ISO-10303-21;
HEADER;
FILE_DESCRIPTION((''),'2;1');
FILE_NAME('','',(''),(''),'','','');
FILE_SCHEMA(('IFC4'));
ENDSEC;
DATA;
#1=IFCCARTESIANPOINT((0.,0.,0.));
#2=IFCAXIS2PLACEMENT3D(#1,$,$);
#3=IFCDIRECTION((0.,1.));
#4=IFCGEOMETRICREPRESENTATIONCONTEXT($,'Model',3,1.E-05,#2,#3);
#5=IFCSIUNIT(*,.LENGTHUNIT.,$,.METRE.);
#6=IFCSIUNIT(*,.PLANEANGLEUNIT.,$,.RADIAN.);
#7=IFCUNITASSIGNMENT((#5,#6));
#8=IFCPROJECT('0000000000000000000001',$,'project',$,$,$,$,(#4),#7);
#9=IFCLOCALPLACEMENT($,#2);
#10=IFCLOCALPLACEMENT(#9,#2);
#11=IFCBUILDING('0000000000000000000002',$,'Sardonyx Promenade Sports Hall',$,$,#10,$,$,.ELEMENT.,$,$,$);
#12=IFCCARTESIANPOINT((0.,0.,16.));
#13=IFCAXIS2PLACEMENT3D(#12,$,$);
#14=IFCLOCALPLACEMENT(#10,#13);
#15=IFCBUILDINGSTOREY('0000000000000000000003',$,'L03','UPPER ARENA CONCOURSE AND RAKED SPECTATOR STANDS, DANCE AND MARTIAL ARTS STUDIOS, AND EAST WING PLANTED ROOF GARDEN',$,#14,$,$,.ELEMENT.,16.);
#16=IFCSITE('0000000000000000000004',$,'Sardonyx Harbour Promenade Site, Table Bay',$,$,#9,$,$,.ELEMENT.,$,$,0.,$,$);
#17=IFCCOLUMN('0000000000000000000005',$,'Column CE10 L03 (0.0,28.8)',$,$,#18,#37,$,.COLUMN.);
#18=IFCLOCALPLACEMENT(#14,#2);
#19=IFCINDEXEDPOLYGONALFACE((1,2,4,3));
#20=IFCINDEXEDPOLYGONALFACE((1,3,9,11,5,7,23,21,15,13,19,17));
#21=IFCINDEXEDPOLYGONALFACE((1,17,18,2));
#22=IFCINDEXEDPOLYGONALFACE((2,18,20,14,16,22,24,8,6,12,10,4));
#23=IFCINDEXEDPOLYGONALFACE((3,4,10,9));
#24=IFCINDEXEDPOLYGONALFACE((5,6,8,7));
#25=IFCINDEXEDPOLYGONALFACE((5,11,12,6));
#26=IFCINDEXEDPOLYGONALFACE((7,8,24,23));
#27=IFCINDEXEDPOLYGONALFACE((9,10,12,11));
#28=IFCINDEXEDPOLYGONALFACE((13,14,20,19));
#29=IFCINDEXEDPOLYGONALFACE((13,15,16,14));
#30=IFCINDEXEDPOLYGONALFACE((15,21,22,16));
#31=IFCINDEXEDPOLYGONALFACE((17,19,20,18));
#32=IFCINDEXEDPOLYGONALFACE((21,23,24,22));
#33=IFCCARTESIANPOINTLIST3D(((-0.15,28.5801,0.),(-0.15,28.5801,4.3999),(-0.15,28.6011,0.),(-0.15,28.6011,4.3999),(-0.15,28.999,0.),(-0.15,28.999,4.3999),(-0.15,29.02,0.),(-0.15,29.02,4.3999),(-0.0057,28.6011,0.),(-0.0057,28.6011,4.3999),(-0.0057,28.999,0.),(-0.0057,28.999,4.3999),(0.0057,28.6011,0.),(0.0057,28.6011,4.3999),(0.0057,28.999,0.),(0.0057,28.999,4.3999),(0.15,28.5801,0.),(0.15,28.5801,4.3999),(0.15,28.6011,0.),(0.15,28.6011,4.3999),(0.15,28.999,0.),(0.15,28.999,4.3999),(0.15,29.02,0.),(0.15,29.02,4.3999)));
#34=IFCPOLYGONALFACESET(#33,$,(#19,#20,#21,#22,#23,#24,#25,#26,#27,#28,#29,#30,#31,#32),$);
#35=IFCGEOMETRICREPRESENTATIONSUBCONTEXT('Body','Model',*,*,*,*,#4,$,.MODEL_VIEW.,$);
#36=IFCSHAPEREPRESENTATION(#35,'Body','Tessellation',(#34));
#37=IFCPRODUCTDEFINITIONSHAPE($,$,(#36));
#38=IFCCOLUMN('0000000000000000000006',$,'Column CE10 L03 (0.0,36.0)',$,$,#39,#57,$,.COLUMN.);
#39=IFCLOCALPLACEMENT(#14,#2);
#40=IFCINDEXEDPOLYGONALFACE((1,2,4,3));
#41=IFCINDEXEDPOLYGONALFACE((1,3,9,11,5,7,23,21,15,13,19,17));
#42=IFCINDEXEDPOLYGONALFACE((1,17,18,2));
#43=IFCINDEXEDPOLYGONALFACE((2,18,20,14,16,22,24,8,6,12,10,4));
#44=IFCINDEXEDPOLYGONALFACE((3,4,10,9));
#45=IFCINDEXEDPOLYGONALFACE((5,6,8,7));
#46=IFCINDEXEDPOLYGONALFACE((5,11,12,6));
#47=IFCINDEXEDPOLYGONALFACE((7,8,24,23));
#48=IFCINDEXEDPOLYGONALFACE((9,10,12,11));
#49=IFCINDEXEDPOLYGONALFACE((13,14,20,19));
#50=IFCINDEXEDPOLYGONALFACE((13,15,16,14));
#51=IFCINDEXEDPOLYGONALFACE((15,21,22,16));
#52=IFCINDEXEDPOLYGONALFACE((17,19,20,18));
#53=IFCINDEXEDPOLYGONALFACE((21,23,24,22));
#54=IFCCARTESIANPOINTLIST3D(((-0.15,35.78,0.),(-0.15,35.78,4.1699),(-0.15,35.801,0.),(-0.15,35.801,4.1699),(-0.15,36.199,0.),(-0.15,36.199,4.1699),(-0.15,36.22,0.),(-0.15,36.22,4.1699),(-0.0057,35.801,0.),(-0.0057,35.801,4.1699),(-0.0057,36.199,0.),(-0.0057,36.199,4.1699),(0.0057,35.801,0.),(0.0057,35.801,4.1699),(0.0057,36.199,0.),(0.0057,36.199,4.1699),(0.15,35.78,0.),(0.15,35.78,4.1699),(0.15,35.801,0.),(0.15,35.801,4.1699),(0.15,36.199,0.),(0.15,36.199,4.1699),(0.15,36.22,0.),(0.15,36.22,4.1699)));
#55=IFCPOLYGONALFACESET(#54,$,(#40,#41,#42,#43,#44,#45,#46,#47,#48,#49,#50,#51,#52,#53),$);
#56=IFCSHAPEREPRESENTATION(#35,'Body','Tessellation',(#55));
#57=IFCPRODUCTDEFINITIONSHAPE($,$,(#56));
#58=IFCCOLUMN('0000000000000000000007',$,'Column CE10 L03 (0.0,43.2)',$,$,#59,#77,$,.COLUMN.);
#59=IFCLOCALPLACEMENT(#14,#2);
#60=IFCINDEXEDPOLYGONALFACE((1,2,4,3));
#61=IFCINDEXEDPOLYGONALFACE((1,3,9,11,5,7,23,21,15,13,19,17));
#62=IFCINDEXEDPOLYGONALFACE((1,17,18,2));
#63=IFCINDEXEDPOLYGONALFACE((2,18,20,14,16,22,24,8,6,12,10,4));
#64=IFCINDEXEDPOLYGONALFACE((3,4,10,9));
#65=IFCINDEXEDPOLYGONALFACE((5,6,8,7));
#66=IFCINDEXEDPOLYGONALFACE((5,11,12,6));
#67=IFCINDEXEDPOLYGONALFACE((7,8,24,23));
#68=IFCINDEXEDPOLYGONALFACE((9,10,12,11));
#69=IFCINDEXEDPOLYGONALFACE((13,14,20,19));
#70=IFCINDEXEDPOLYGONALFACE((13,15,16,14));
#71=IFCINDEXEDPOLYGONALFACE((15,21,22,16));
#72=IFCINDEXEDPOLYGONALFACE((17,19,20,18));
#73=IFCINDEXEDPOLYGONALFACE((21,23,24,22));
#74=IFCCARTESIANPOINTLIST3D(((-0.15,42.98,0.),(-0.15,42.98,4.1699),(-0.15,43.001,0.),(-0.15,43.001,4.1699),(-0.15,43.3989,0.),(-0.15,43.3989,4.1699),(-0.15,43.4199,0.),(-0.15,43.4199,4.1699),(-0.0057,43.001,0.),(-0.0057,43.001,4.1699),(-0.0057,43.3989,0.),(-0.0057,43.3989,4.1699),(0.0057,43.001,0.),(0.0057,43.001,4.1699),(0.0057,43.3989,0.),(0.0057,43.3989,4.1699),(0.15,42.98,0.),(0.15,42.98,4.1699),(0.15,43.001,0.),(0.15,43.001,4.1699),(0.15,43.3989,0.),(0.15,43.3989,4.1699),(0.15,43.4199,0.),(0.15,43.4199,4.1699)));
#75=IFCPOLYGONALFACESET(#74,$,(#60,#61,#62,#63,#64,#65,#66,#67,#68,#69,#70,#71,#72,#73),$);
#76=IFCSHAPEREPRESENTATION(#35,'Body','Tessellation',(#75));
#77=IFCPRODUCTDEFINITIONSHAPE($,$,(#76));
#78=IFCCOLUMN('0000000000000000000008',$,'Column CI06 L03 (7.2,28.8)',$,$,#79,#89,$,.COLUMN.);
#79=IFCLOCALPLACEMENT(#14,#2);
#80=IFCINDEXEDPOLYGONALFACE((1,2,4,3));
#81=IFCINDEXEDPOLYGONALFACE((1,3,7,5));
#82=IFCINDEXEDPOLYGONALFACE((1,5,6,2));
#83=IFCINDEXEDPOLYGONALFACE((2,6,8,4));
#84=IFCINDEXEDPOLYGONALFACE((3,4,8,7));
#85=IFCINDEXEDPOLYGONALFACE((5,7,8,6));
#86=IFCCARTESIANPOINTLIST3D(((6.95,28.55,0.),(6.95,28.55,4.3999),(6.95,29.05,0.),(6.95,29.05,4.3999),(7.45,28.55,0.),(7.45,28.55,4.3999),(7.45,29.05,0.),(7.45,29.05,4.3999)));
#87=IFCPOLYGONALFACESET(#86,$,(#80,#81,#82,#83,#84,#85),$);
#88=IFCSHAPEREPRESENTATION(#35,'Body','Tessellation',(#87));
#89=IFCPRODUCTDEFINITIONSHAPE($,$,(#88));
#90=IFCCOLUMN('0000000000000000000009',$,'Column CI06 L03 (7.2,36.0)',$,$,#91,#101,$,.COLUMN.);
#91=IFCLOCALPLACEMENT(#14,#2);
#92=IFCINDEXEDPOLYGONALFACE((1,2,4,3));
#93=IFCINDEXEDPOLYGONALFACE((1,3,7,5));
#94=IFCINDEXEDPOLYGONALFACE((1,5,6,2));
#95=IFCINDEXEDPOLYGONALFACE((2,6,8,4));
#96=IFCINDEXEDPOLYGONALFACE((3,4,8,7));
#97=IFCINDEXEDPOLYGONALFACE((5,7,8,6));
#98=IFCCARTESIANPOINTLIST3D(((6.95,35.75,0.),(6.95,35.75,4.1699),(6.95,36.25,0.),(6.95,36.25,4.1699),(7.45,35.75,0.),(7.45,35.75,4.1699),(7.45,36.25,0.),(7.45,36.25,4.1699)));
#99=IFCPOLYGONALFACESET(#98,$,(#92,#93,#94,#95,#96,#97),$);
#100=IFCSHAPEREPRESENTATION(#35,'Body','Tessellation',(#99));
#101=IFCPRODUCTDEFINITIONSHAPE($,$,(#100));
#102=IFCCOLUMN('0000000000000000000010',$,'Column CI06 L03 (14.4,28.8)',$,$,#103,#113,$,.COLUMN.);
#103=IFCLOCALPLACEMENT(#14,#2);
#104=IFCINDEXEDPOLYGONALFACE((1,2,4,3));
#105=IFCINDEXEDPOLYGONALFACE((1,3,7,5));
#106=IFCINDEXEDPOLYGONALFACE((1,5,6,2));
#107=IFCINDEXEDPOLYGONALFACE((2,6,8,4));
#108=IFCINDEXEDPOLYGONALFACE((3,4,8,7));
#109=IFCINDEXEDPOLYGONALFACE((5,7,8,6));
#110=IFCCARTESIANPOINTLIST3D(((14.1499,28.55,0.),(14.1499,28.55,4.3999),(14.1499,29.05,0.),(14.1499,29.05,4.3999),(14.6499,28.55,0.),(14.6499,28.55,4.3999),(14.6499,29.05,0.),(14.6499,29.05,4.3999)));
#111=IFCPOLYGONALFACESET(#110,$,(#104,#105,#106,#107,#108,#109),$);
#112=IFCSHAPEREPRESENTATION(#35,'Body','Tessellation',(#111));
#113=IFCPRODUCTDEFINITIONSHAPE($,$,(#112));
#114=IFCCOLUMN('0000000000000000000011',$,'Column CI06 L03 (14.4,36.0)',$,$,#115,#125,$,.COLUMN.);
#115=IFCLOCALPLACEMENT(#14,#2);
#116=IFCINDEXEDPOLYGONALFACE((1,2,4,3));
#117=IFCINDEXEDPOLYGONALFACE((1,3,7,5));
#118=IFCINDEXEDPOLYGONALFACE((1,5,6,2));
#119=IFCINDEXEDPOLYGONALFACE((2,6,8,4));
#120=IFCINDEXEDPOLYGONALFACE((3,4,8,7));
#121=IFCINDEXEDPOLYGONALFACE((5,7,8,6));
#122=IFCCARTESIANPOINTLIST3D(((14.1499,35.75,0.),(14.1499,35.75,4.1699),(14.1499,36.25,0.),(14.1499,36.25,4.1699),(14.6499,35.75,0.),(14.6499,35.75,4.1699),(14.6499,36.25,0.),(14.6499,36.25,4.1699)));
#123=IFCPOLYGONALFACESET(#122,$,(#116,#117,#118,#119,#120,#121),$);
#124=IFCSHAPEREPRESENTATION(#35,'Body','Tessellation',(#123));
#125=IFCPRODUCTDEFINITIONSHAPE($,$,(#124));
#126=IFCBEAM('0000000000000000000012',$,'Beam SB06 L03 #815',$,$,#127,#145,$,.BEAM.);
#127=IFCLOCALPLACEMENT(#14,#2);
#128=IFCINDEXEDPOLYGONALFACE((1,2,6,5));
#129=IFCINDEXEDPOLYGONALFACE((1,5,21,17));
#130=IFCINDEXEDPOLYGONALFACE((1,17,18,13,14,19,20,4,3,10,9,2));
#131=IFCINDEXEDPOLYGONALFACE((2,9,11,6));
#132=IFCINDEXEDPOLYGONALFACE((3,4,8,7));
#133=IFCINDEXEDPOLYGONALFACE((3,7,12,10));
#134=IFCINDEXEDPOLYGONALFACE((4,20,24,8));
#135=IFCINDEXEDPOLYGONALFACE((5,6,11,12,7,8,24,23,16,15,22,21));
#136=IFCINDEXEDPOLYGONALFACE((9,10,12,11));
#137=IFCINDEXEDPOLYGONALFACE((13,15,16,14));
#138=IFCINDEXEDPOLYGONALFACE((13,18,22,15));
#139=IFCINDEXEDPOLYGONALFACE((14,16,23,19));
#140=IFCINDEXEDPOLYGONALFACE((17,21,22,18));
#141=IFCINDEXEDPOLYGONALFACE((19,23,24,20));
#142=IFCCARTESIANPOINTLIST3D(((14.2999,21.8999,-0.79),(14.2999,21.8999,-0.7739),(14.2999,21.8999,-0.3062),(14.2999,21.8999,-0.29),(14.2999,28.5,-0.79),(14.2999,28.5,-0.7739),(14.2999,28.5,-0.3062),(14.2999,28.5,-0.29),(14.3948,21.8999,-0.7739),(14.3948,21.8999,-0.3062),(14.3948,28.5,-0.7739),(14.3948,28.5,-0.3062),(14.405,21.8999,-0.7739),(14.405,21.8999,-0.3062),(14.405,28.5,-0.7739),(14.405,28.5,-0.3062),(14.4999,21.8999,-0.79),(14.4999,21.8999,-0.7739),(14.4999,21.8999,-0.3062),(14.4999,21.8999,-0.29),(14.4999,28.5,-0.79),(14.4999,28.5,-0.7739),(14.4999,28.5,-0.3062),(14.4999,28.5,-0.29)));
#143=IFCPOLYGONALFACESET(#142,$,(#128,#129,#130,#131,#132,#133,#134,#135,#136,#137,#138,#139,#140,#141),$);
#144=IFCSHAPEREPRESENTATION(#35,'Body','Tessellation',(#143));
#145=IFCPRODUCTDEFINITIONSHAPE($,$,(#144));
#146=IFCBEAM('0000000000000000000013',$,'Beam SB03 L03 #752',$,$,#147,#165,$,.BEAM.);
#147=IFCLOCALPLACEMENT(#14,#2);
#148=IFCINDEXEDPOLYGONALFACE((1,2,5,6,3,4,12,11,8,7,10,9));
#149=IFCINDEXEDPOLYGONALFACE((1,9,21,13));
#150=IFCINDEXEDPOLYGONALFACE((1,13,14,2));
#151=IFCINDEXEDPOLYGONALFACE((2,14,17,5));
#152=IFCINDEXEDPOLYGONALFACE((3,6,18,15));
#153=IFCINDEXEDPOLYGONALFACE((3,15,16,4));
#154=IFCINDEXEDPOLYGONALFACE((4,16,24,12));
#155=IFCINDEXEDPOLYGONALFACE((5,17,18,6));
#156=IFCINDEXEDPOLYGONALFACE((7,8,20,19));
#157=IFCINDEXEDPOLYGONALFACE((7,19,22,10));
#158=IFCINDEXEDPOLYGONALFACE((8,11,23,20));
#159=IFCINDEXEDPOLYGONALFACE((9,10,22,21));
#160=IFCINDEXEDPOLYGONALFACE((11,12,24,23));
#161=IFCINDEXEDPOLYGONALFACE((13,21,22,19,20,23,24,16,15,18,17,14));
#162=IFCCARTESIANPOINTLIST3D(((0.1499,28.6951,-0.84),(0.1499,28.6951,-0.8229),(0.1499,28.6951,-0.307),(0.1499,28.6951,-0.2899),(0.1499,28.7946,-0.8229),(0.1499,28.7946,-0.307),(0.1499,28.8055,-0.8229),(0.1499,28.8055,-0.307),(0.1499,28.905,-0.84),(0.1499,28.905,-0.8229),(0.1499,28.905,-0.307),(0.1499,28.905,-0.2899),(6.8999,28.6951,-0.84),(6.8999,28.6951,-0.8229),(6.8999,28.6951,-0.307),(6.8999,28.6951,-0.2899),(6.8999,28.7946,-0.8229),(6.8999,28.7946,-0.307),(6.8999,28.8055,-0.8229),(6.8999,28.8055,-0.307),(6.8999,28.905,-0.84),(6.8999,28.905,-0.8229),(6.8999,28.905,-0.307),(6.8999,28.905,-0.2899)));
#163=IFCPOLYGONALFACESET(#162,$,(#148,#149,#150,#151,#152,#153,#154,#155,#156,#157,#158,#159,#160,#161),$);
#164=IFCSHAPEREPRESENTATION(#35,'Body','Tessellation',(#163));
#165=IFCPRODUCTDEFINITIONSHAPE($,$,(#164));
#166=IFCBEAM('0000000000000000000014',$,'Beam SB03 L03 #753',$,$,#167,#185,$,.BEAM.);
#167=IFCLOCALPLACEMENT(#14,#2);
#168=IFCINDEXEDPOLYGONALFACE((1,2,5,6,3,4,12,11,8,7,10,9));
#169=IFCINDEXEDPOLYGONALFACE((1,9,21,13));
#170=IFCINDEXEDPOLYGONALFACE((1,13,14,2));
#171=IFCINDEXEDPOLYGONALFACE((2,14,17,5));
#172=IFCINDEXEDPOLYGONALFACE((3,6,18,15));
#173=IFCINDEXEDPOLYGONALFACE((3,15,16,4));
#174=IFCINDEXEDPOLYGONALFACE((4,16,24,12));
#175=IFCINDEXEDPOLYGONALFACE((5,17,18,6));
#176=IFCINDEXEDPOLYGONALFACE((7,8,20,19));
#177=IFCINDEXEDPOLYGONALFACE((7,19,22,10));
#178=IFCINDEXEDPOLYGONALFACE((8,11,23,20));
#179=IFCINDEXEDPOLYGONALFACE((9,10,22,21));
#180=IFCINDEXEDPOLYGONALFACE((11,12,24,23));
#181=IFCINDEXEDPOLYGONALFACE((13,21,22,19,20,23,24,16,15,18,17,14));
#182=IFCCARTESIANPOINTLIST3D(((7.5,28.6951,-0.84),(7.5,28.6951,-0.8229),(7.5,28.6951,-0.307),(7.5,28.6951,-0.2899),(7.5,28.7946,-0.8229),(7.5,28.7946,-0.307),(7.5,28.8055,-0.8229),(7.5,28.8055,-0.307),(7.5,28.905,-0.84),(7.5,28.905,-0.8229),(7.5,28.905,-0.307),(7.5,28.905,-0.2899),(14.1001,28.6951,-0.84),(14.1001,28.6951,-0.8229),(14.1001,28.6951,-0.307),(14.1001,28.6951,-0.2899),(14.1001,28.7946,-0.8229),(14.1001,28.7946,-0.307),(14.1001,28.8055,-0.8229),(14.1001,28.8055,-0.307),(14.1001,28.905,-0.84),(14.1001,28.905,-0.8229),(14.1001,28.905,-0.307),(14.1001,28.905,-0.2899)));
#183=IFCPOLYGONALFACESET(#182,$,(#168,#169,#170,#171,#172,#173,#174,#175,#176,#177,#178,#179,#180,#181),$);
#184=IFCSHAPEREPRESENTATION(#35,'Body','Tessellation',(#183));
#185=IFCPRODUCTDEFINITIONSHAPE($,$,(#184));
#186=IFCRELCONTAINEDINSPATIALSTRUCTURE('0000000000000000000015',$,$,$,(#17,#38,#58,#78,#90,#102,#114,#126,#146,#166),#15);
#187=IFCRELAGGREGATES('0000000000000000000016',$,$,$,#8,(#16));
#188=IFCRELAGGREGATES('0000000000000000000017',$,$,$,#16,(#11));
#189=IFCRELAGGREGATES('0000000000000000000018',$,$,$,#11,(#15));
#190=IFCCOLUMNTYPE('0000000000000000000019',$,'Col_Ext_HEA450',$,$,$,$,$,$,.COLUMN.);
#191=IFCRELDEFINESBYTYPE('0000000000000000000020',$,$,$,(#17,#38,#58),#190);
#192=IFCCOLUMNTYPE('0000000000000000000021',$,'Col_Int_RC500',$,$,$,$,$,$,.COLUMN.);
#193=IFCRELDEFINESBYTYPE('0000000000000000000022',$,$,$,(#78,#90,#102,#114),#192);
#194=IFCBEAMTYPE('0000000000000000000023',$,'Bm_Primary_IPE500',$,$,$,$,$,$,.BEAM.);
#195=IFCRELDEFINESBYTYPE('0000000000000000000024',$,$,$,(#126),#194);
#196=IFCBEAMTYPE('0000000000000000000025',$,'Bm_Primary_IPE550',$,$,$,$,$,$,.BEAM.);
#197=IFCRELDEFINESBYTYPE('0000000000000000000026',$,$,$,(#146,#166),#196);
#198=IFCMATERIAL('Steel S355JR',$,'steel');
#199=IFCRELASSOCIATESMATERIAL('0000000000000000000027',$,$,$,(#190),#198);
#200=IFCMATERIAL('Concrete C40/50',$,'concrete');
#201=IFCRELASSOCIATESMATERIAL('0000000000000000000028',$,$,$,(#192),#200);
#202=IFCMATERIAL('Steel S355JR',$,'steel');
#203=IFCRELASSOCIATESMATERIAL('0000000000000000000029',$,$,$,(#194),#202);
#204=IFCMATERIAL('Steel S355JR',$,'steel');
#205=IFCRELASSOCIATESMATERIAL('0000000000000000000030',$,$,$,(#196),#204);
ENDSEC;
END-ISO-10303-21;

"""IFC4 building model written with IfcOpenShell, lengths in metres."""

from ifc_helpers import new_model, si_unit, direction, frame, origin, origin_2d, place, context, subcontext, project, spatial, rectangle, i_section, extrude, material, material_profile, profile_set, type_object, element, save


model = new_model("IFC4")

# Units and contexts
model_context = context("Model", 3, precision=1e-05, world=origin(), true_north=direction((0.0, 1.0)))
body_context = subcontext(model_context, "Body", "Model", "MODEL_VIEW")
ifc_project = project(units=[si_unit("LENGTHUNIT", "METRE"), si_unit("PLANEANGLEUNIT", "RADIAN")], contexts=[model_context])

# Site, building, storey
site_placement = place(None, origin())
site = spatial("IfcSite", under=ifc_project, at=site_placement, Name="Sardonyx Harbour Promenade Site, Table Bay", CompositionType="ELEMENT", RefElevation=0.0)
building_placement = place(site_placement, origin())
building = spatial("IfcBuilding", under=site, at=building_placement, Name="Sardonyx Promenade Sports Hall", CompositionType="ELEMENT")
storey_placement = place(building_placement, frame((0.0, 0.0, 16.0)))
storey = spatial("IfcBuildingStorey", under=building, at=storey_placement, Name="L03", Description="UPPER ARENA CONCOURSE AND RAKED SPECTATOR STANDS, DANCE AND MARTIAL ARTS STUDIOS, AND EAST WING PLANTED ROOF GARDEN", CompositionType="ELEMENT", Elevation=16.0)

# Columns
ifc_material_1 = material(Name="Steel S355JR", Category="steel")
ifc_material_profile_1 = material_profile(ifc_material_1, i_section(OverallWidth=0.3, OverallDepth=0.4399, WebThickness=0.0115, FlangeThickness=0.021, at=origin_2d()))
ifc_profile_set_1 = profile_set([ifc_material_profile_1], Name="Steel S355JR")
column_type_1 = type_object("IfcColumnType", Name="Col_Ext_HEA450", PredefinedType="COLUMN", material=ifc_profile_set_1)
column_1_placement = place(storey_placement, frame((0.0, 28.8, 0.0), z_axis=(0.0, 0.0, 1.0), x_axis=(1.0, 0.0, 0.0)))
element("IfcColumn", 1, at=column_1_placement, inside=storey, type_object=column_type_1, Name="Column CE10 L03 (0.0,28.8)", PredefinedType="COLUMN", context=body_context, shape_type="SweptSolid", body=[
    extrude(i_section(OverallWidth=0.3, OverallDepth=0.4399, WebThickness=0.0115, FlangeThickness=0.021, at=origin_2d()), origin(), (0.0, 0.0, 1.0), 4.3999),
])
for number, where, z_axis, x_axis, name in (
    (2, (0.0, 36.0, 0.0), (0.0, 0.0, 1.0), (1.0, 0.0, 0.0), "Column CE10 L03 (0.0,36.0)"),
    (3, (0.0, 43.2, 0.0), (0.0, 0.0, 1.0), (1.0, 0.0, 0.0), "Column CE10 L03 (0.0,43.2)"),
):
    element("IfcColumn", number, at=place(storey_placement, frame(where, z_axis=z_axis, x_axis=x_axis)), inside=storey, type_object=column_type_1, Name=name, PredefinedType="COLUMN", context=body_context, shape_type="SweptSolid", body=[
        extrude(i_section(OverallWidth=0.3, OverallDepth=0.4399, WebThickness=0.0115, FlangeThickness=0.021, at=origin_2d()), origin(), (0.0, 0.0, 1.0), 4.1699),
    ])
ifc_material_2 = material(Name="Concrete C40/50", Category="concrete")
ifc_material_profile_2 = material_profile(ifc_material_2, rectangle(XDim=0.5, YDim=0.5, at=origin_2d()))
ifc_profile_set_2 = profile_set([ifc_material_profile_2], Name="Concrete C40/50")
column_type_2 = type_object("IfcColumnType", Name="Col_Int_RC500", PredefinedType="COLUMN", material=ifc_profile_set_2)
column_2_placement = place(storey_placement, frame((7.2, 28.8, 0.0), z_axis=(0.0, 0.0, 1.0), x_axis=(1.0, 0.0, 0.0)))
element("IfcColumn", 4, at=column_2_placement, inside=storey, type_object=column_type_2, Name="Column CI06 L03 (7.2,28.8)", PredefinedType="COLUMN", context=body_context, shape_type="SweptSolid", body=[
    extrude(rectangle(XDim=0.5, YDim=0.5, at=origin_2d()), origin(), (0.0, 0.0, 1.0), 4.3999),
])
column_3_placement = place(storey_placement, frame((7.2, 36.0, 0.0), z_axis=(0.0, 0.0, 1.0), x_axis=(1.0, 0.0, 0.0)))
element("IfcColumn", 5, at=column_3_placement, inside=storey, type_object=column_type_2, Name="Column CI06 L03 (7.2,36.0)", PredefinedType="COLUMN", context=body_context, shape_type="SweptSolid", body=[
    extrude(rectangle(XDim=0.5, YDim=0.5, at=origin_2d()), origin(), (0.0, 0.0, 1.0), 4.1699),
])
column_4_placement = place(storey_placement, frame((14.3999, 28.8, 0.0), z_axis=(0.0, 0.0, 1.0), x_axis=(1.0, 0.0, 0.0)))
element("IfcColumn", 6, at=column_4_placement, inside=storey, type_object=column_type_2, Name="Column CI06 L03 (14.4,28.8)", PredefinedType="COLUMN", context=body_context, shape_type="SweptSolid", body=[
    extrude(rectangle(XDim=0.5, YDim=0.5, at=origin_2d()), origin(), (0.0, 0.0, 1.0), 4.3999),
])
column_5_placement = place(storey_placement, frame((14.3999, 36.0, 0.0), z_axis=(0.0, 0.0, 1.0), x_axis=(1.0, 0.0, 0.0)))
element("IfcColumn", 7, at=column_5_placement, inside=storey, type_object=column_type_2, Name="Column CI06 L03 (14.4,36.0)", PredefinedType="COLUMN", context=body_context, shape_type="SweptSolid", body=[
    extrude(rectangle(XDim=0.5, YDim=0.5, at=origin_2d()), origin(), (0.0, 0.0, 1.0), 4.1699),
])

# Beams
ifc_material_3 = material(Name="Steel S355JR", Category="steel")
ifc_material_profile_3 = material_profile(ifc_material_3, i_section(OverallWidth=0.2, OverallDepth=0.5, WebThickness=0.0103, FlangeThickness=0.0161, at=origin_2d()))
ifc_profile_set_3 = profile_set([ifc_material_profile_3], Name="Steel S355JR")
beam_type_1 = type_object("IfcBeamType", Name="Bm_Primary_IPE500", PredefinedType="BEAM", material=ifc_profile_set_3)
beam_1_placement = place(storey_placement, frame((14.3999, 21.8999, -0.54), z_axis=(0.0, 1.0, 0.0), x_axis=(-1.0, 0.0, 0.0)))
element("IfcBeam", 8, at=beam_1_placement, inside=storey, type_object=beam_type_1, Name="Beam SB06 L03 #815", PredefinedType="BEAM", context=body_context, shape_type="SweptSolid", body=[
    extrude(i_section(OverallWidth=0.2, OverallDepth=0.5, WebThickness=0.0103, FlangeThickness=0.0161, at=origin_2d()), origin(), (0.0, 0.0, 1.0), 6.6001),
])
ifc_material_4 = material(Name="Steel S355JR", Category="steel")
ifc_material_profile_4 = material_profile(ifc_material_4, i_section(OverallWidth=0.21, OverallDepth=0.55, WebThickness=0.011, FlangeThickness=0.0171, at=origin_2d()))
ifc_profile_set_4 = profile_set([ifc_material_profile_4], Name="Steel S355JR")
beam_type_2 = type_object("IfcBeamType", Name="Bm_Primary_IPE550", PredefinedType="BEAM", material=ifc_profile_set_4)
beam_2_placement = place(storey_placement, frame((0.1499, 28.8, -0.5649), z_axis=(1.0, 0.0, 0.0), x_axis=(0.0, 1.0, 0.0)))
element("IfcBeam", 9, at=beam_2_placement, inside=storey, type_object=beam_type_2, Name="Beam SB03 L03 #752", PredefinedType="BEAM", context=body_context, shape_type="SweptSolid", body=[
    extrude(i_section(OverallWidth=0.21, OverallDepth=0.55, WebThickness=0.011, FlangeThickness=0.0171, at=origin_2d()), origin(), (0.0, 0.0, 1.0), 6.75),
])
for number, where, z_axis, x_axis, name in (
    (10, (7.5, 28.8, -0.5649), (1.0, 0.0, 0.0), (0.0, 1.0, 0.0), "Beam SB03 L03 #753"),
):
    element("IfcBeam", number, at=place(storey_placement, frame(where, z_axis=z_axis, x_axis=x_axis)), inside=storey, type_object=beam_type_2, Name=name, PredefinedType="BEAM", context=body_context, shape_type="SweptSolid", body=[
        extrude(i_section(OverallWidth=0.21, OverallDepth=0.55, WebThickness=0.011, FlangeThickness=0.0171, at=origin_2d()), origin(), (0.0, 0.0, 1.0), 6.6001),
    ])

save(model, "model.ifc")
